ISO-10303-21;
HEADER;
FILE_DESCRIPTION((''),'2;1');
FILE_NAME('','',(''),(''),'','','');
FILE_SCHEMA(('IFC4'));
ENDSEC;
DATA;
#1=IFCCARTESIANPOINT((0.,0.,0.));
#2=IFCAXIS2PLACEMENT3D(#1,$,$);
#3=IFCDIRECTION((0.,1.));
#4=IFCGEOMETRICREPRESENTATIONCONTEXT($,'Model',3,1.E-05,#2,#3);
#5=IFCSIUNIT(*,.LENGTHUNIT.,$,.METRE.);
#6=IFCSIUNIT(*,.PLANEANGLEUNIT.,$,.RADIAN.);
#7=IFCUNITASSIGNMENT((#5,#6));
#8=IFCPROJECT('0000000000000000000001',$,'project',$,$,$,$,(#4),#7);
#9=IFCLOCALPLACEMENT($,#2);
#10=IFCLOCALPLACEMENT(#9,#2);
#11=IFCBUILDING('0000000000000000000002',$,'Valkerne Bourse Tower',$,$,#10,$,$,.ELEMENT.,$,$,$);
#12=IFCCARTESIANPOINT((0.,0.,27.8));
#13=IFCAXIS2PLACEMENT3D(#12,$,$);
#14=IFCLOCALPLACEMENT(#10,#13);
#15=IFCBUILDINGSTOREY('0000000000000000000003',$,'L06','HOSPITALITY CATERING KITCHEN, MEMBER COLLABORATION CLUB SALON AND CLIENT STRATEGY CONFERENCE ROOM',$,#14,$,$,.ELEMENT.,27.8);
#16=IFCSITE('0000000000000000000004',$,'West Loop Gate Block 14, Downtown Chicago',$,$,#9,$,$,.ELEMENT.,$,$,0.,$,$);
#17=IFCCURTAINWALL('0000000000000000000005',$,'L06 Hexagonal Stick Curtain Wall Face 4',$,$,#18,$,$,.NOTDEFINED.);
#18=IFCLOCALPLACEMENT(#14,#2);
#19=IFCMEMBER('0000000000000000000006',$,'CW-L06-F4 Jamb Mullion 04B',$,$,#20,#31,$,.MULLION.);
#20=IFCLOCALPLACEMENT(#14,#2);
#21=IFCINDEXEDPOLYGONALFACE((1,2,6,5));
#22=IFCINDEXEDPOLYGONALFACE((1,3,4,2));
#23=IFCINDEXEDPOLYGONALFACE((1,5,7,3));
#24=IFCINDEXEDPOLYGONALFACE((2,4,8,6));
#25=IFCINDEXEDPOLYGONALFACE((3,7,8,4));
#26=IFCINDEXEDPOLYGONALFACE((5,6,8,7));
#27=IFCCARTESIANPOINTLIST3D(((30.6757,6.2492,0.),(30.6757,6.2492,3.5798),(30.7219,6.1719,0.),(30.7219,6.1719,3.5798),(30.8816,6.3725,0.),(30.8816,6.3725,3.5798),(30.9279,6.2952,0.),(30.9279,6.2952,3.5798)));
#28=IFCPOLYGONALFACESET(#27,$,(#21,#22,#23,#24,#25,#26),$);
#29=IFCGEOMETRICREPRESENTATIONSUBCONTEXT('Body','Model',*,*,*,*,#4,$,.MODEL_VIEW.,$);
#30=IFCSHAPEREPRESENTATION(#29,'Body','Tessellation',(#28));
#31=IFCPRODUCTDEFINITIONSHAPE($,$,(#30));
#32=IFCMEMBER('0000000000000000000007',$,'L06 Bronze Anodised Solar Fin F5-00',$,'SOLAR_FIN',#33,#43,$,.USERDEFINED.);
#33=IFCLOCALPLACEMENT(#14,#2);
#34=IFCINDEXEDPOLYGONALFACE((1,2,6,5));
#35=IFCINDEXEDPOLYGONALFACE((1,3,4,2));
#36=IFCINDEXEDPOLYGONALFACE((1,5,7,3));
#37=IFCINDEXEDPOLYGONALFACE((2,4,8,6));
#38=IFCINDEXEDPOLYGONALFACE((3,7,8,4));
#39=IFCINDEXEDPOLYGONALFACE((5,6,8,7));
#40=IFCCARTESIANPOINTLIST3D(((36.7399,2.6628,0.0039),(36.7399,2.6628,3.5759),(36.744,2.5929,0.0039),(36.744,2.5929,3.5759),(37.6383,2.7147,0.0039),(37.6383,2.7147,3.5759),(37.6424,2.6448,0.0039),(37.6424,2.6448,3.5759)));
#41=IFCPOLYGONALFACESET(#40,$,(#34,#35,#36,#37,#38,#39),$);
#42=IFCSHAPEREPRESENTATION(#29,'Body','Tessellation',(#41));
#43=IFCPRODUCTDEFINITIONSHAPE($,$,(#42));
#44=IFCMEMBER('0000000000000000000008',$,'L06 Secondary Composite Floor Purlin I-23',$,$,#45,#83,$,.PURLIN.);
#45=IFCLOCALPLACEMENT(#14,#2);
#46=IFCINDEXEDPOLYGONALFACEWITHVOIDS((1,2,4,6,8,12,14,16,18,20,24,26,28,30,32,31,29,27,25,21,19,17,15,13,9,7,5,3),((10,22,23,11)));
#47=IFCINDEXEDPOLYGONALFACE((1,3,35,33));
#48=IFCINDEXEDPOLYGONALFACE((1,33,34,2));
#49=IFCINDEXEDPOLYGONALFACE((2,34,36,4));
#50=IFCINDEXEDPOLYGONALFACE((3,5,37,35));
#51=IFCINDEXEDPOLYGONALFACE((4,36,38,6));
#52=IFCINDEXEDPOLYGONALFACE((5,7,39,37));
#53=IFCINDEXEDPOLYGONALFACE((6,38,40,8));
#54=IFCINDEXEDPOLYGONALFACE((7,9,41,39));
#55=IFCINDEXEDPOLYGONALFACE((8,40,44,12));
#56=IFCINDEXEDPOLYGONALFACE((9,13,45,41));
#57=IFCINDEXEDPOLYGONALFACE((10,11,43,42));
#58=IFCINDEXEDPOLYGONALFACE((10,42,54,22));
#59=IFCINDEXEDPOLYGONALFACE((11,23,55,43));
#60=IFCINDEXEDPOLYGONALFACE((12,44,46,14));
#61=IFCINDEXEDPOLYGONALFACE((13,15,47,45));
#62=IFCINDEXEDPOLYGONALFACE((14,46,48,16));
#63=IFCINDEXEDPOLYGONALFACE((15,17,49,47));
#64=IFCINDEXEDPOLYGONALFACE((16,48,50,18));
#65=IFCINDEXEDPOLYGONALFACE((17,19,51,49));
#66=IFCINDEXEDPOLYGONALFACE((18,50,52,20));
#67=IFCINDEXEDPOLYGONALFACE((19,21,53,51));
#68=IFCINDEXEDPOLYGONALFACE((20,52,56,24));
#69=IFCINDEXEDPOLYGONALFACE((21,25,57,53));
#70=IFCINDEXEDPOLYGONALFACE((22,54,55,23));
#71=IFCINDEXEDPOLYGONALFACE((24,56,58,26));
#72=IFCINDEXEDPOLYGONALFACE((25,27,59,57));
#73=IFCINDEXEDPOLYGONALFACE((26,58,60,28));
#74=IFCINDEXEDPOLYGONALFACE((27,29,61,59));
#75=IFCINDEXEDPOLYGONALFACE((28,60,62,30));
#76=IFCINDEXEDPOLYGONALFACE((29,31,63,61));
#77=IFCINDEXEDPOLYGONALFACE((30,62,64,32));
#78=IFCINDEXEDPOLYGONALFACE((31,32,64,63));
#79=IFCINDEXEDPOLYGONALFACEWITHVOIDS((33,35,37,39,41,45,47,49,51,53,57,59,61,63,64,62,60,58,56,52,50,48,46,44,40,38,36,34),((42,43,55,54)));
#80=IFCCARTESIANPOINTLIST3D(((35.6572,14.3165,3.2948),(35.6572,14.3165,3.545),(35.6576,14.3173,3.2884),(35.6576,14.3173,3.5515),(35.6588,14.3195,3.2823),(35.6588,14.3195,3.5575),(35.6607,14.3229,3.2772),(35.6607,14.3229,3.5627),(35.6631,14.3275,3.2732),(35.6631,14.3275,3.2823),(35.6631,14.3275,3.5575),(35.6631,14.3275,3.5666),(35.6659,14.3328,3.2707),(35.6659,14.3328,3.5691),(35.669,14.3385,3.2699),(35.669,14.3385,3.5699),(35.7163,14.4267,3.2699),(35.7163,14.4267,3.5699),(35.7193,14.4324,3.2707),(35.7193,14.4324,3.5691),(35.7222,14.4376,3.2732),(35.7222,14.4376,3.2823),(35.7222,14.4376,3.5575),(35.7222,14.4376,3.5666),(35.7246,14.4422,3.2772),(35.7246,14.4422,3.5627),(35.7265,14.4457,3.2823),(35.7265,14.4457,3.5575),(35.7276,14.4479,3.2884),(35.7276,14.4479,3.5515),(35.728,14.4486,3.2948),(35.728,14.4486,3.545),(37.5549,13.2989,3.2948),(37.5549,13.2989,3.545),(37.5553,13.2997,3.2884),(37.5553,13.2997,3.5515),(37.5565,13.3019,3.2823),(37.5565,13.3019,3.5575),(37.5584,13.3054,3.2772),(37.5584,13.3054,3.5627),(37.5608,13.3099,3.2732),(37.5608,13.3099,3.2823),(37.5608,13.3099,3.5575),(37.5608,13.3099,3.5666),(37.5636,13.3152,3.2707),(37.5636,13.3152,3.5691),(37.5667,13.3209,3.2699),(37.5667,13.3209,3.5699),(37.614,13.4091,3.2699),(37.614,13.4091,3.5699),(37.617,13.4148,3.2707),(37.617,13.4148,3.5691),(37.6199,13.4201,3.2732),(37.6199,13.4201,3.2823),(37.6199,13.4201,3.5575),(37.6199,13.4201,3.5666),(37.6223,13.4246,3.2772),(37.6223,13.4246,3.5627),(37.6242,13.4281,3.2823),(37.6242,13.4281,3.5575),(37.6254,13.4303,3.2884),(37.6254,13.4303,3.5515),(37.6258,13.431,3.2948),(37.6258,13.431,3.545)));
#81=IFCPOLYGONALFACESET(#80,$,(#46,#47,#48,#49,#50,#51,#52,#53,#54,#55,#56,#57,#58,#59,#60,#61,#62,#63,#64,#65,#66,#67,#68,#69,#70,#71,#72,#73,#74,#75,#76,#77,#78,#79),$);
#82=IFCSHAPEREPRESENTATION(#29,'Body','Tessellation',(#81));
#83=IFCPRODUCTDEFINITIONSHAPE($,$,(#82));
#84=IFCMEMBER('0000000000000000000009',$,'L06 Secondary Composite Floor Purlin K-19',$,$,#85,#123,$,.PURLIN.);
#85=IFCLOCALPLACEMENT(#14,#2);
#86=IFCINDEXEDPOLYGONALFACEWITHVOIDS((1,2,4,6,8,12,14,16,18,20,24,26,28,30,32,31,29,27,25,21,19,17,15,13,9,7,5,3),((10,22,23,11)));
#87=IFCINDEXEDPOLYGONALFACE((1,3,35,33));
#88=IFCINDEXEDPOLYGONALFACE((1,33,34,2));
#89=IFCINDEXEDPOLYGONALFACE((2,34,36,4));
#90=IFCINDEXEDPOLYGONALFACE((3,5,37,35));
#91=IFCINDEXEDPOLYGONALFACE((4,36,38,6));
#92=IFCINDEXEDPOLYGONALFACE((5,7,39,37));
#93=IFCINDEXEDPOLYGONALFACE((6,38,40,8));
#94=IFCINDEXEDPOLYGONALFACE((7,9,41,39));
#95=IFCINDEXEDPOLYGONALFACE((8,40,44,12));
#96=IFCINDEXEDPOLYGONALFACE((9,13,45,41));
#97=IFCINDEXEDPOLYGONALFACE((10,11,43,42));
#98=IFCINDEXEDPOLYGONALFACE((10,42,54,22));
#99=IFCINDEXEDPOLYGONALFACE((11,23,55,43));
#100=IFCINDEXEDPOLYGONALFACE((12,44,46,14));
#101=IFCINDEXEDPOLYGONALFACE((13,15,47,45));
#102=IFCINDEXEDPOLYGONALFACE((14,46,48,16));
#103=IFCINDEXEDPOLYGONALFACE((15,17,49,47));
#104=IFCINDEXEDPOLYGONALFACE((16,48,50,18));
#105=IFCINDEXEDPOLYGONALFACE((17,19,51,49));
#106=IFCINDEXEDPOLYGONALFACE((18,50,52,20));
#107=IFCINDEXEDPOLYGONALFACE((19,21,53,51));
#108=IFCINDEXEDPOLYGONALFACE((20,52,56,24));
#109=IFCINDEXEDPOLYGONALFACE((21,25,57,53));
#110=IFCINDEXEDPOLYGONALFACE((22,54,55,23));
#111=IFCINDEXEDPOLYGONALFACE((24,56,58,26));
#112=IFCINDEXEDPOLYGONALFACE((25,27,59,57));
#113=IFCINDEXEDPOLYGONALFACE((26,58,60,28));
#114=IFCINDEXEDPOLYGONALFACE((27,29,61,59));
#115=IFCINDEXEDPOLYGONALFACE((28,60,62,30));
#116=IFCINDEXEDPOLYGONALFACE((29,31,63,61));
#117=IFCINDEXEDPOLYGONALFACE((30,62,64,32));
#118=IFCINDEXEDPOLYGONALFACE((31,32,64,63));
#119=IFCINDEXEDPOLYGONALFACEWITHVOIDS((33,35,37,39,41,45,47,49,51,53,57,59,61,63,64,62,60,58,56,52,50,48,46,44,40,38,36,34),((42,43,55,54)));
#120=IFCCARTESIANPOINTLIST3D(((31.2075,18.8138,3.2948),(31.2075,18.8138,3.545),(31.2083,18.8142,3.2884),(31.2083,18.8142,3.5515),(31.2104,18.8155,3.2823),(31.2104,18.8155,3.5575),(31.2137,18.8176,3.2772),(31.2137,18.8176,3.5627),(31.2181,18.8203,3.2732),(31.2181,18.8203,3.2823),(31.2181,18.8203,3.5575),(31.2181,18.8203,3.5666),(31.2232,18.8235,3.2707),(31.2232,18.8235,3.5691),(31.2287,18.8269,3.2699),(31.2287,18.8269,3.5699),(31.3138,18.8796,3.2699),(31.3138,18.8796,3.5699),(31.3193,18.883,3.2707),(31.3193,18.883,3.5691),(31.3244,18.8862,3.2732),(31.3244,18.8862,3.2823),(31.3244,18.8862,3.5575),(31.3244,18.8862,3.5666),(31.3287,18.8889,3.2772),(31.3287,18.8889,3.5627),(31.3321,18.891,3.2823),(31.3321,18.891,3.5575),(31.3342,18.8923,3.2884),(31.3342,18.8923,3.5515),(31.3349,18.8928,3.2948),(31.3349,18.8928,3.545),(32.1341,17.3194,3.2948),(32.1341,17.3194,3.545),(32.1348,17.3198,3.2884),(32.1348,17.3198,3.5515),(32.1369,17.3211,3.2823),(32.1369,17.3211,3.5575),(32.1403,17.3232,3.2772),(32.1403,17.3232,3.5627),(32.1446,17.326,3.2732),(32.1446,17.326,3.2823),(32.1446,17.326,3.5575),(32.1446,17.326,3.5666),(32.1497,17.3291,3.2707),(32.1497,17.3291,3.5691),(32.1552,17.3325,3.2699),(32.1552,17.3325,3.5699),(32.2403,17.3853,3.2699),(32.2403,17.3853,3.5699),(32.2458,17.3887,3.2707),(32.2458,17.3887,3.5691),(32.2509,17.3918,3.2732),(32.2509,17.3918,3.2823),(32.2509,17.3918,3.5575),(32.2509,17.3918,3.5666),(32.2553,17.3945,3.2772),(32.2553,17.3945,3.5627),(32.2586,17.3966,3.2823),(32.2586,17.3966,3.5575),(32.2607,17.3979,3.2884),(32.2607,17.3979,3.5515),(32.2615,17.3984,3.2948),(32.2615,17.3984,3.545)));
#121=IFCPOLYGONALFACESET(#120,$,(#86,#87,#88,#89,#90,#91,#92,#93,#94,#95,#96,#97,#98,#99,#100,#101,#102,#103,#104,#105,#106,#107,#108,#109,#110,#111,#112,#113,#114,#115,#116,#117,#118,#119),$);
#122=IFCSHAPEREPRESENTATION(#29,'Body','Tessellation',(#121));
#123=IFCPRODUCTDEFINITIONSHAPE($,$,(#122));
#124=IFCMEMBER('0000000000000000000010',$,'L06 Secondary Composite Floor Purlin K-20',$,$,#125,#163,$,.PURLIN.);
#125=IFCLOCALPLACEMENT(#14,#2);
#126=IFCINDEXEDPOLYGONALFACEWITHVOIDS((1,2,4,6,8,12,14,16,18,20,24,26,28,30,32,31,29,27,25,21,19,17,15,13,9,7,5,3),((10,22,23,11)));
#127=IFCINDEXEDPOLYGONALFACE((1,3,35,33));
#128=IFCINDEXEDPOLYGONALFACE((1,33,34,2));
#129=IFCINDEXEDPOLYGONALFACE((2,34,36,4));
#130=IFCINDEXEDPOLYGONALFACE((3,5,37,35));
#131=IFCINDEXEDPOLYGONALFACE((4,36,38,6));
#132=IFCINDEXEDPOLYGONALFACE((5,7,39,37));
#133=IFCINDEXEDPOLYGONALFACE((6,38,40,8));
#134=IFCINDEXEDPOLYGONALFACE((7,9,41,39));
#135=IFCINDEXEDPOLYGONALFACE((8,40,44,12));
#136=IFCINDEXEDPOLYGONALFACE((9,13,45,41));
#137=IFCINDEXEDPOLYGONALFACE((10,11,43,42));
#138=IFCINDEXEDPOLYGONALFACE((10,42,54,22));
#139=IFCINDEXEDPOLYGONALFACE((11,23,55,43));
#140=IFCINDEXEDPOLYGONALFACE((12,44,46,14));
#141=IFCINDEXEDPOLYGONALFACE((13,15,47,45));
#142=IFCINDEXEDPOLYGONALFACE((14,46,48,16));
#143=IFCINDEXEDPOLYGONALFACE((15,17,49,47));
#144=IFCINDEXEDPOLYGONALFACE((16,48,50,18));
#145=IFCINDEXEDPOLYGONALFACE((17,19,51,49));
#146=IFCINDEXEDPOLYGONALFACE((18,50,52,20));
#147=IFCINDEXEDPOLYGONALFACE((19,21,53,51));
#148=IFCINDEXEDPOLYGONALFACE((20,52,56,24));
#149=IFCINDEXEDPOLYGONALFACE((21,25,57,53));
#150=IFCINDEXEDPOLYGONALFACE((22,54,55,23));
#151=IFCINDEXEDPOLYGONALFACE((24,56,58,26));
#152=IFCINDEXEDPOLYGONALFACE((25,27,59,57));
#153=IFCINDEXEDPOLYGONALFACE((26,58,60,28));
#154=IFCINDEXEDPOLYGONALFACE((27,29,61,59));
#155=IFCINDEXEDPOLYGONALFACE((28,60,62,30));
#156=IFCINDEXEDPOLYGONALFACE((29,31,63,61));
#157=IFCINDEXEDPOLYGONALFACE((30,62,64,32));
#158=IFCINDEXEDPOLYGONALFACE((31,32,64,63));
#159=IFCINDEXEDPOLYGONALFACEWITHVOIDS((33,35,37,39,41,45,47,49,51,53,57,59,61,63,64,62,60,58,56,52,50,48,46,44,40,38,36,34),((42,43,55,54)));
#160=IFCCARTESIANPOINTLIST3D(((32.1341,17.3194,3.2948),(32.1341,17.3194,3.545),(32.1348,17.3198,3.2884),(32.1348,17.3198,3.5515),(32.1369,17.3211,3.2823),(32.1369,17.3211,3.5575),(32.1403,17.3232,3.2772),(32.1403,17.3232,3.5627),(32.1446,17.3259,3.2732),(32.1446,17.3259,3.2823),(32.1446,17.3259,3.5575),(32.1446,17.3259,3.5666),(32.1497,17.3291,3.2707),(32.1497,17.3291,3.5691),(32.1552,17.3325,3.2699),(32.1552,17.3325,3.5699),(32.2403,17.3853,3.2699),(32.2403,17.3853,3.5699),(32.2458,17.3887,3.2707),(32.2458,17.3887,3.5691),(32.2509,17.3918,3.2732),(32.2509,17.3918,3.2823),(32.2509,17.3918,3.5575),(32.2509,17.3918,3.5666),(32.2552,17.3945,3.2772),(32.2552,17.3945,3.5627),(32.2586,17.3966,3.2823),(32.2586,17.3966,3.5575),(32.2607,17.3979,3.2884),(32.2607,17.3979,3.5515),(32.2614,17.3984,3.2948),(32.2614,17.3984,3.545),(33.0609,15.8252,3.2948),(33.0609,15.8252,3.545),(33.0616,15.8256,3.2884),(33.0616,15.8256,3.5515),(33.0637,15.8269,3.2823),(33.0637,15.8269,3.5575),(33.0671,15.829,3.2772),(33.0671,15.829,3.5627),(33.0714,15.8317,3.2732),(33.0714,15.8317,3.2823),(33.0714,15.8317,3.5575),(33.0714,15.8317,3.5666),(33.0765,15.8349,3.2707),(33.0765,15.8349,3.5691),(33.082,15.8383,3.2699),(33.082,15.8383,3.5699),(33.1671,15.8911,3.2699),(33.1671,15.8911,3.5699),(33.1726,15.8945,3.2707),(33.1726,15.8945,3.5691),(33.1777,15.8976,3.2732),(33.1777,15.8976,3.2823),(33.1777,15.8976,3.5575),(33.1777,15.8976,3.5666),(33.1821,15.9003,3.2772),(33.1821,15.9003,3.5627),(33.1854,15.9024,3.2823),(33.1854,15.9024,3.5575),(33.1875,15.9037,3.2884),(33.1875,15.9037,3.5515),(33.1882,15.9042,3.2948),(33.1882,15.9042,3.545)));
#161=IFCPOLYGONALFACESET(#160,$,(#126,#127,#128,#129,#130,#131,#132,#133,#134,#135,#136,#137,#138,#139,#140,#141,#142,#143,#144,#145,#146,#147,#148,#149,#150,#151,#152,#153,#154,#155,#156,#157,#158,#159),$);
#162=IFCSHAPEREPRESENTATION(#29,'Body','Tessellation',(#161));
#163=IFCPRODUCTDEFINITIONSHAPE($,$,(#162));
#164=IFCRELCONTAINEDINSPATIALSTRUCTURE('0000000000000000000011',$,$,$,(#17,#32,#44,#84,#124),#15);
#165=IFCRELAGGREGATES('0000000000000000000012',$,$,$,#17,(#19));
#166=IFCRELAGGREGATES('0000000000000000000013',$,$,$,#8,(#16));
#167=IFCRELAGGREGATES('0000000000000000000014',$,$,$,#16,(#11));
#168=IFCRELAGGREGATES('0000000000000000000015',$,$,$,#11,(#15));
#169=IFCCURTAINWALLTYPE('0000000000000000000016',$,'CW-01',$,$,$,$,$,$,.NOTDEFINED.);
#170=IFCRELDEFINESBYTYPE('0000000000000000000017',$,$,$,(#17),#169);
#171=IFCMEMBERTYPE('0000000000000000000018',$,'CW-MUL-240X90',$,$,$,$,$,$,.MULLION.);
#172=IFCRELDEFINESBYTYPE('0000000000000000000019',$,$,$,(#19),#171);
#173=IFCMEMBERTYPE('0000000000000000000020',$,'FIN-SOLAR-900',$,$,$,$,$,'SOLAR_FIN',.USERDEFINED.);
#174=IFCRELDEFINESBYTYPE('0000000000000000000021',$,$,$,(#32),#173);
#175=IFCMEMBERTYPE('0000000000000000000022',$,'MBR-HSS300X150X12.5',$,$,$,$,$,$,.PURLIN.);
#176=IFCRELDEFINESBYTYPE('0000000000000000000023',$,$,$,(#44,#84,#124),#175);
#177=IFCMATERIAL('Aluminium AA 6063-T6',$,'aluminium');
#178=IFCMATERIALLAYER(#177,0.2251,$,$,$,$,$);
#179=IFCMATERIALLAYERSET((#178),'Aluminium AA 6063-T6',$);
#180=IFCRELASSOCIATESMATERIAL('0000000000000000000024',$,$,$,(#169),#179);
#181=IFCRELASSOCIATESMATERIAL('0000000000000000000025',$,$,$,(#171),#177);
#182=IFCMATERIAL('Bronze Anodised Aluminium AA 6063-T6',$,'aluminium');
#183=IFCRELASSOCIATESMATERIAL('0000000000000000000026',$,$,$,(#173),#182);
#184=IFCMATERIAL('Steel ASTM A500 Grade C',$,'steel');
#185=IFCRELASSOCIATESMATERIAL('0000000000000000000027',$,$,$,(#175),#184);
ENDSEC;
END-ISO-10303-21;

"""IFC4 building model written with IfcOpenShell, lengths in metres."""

from ifc_helpers import new_model, si_unit, direction, frame, origin, origin_2d, place, context, subcontext, project, spatial, rectangle, hollow_rectangle, extrude, material, layer, layer_set, material_profile, profile_set, type_object, element, aggregate, save


model = new_model("IFC4")

# Units and contexts
model_context = context("Model", 3, precision=1e-05, world=origin(), true_north=direction((0.0, 1.0)))
body_context = subcontext(model_context, "Body", "Model", "MODEL_VIEW")
ifc_project = project(units=[si_unit("LENGTHUNIT", "METRE"), si_unit("PLANEANGLEUNIT", "RADIAN")], contexts=[model_context])

# Site, building, storey
site_placement = place(None, origin())
site = spatial("IfcSite", under=ifc_project, at=site_placement, Name="West Loop Gate Block 14, Downtown Chicago", CompositionType="ELEMENT", RefElevation=0.0)
building_placement = place(site_placement, origin())
building = spatial("IfcBuilding", under=site, at=building_placement, Name="Valkerne Bourse Tower", CompositionType="ELEMENT")
storey_placement = place(building_placement, frame((0.0, 0.0, 27.8)))
storey = spatial("IfcBuildingStorey", under=building, at=storey_placement, Name="L06", Description="HOSPITALITY CATERING KITCHEN, MEMBER COLLABORATION CLUB SALON AND CLIENT STRATEGY CONFERENCE ROOM", CompositionType="ELEMENT", Elevation=27.8)

# Curtain wall, member
ifc_material_1 = material(Name="Aluminium AA 6063-T6", Category="aluminium")
ifc_layer_1 = layer(ifc_material_1, 0.2251)
ifc_layer_set_1 = layer_set([ifc_layer_1], Name="Aluminium AA 6063-T6")
curtain_wall_type = type_object("IfcCurtainWallType", Name="CW-01", PredefinedType="NOTDEFINED", material=ifc_layer_set_1)
curtain_wall_placement = place(storey_placement, origin())
curtain_wall = element("IfcCurtainWall", 1, at=curtain_wall_placement, inside=storey, type_object=curtain_wall_type, Name="L06 Hexagonal Stick Curtain Wall Face 4", PredefinedType="NOTDEFINED")
ifc_material_profile_1 = material_profile(ifc_material_1, rectangle(XDim=0.0901, YDim=0.24, at=origin_2d()), Name="CWM-90X240")
ifc_profile_set_1 = profile_set([ifc_material_profile_1], Name="Aluminium AA 6063-T6")
member_type_1 = type_object("IfcMemberType", Name="CW-MUL-240X90", PredefinedType="MULLION", material=ifc_profile_set_1)
member_1_placement = place(storey_placement, frame((30.8018, 6.2722, 0.0), z_axis=(0.0, 0.0, 1.0), x_axis=(0.513542, -0.858064, 0.0)))
member_1 = element("IfcMember", 2, at=member_1_placement, type_object=member_type_1, Name="CW-L06-F4 Jamb Mullion 04B", PredefinedType="MULLION", context=body_context, shape_type="SweptSolid", body=[
    extrude(rectangle(XDim=0.0901, YDim=0.24, at=origin_2d()), origin(), (0.0, 0.0, 1.0), 3.5798),
])

# Members
ifc_material_2 = material(Name="Bronze Anodised Aluminium AA 6063-T6", Category="aluminium")
ifc_material_profile_2 = material_profile(ifc_material_2, rectangle(XDim=0.0701, YDim=0.8999, at=origin_2d()), Name="FIN-70X900")
ifc_profile_set_2 = profile_set([ifc_material_profile_2], Name="Bronze Anodised Aluminium AA 6063-T6")
member_type_2 = type_object("IfcMemberType", Name="FIN-SOLAR-900", ElementType="SOLAR_FIN", PredefinedType="USERDEFINED", material=ifc_profile_set_2)
member_2_placement = place(storey_placement, frame((37.1912, 2.6538, 0.0039), z_axis=(0.0, 0.0, 1.0), x_axis=(0.057697, -0.998334, 0.0)))
element("IfcMember", 3, at=member_2_placement, inside=storey, type_object=member_type_2, Name="L06 Bronze Anodised Solar Fin F5-00", ObjectType="SOLAR_FIN", PredefinedType="USERDEFINED", context=body_context, shape_type="SweptSolid", body=[
    extrude(rectangle(XDim=0.0701, YDim=0.8999, at=origin_2d()), origin(), (0.0, 0.0, 1.0), 3.572),
])
ifc_material_3 = material(Name="Steel ASTM A500 Grade C", Category="steel")
ifc_material_profile_3 = material_profile(ifc_material_3, hollow_rectangle(XDim=0.1499, YDim=0.3, WallThickness=0.0125, OuterFilletRadius=0.0249, at=origin_2d()), Name="HSS300X150X12.5")
ifc_profile_set_3 = profile_set([ifc_material_profile_3], Name="Steel ASTM A500 Grade C")
member_type_3 = type_object("IfcMemberType", Name="MBR-HSS300X150X12.5", PredefinedType="PURLIN", material=ifc_profile_set_3)
member_3_placement = place(storey_placement, frame((35.6926, 14.3826, 3.4199), z_axis=(0.881296, -0.472564, 0.0), x_axis=(0.472564, 0.881296, 0.0)))
element("IfcMember", 4, at=member_3_placement, inside=storey, type_object=member_type_3, Name="L06 Secondary Composite Floor Purlin I-23", PredefinedType="PURLIN", context=body_context, shape_type="SweptSolid", body=[
    extrude(hollow_rectangle(XDim=0.1499, YDim=0.3, WallThickness=0.0125, OuterFilletRadius=0.0249, at=origin_2d()), origin(), (0.0, 0.0, 1.0), 2.1533),
])
for number, where, z_axis, x_axis, name in (
    (5, (31.2712, 18.8533, 3.4199), (0.526938, -0.849904, 0.0), (0.849904, 0.526938, 0.0), "L06 Secondary Composite Floor Purlin K-19"),
    (6, (32.1978, 17.3589, 3.4199), (0.5271, -0.849803, 0.0), (0.849803, 0.5271, 0.0), "L06 Secondary Composite Floor Purlin K-20"),
):
    element("IfcMember", number, at=place(storey_placement, frame(where, z_axis=z_axis, x_axis=x_axis)), inside=storey, type_object=member_type_3, Name=name, PredefinedType="PURLIN", context=body_context, shape_type="SweptSolid", body=[
        extrude(hollow_rectangle(XDim=0.1499, YDim=0.3, WallThickness=0.0125, OuterFilletRadius=0.0249, at=origin_2d()), origin(), (0.0, 0.0, 1.0), 1.7583),
    ])

aggregate(curtain_wall, [member_1])

save(model, "model.ifc")
